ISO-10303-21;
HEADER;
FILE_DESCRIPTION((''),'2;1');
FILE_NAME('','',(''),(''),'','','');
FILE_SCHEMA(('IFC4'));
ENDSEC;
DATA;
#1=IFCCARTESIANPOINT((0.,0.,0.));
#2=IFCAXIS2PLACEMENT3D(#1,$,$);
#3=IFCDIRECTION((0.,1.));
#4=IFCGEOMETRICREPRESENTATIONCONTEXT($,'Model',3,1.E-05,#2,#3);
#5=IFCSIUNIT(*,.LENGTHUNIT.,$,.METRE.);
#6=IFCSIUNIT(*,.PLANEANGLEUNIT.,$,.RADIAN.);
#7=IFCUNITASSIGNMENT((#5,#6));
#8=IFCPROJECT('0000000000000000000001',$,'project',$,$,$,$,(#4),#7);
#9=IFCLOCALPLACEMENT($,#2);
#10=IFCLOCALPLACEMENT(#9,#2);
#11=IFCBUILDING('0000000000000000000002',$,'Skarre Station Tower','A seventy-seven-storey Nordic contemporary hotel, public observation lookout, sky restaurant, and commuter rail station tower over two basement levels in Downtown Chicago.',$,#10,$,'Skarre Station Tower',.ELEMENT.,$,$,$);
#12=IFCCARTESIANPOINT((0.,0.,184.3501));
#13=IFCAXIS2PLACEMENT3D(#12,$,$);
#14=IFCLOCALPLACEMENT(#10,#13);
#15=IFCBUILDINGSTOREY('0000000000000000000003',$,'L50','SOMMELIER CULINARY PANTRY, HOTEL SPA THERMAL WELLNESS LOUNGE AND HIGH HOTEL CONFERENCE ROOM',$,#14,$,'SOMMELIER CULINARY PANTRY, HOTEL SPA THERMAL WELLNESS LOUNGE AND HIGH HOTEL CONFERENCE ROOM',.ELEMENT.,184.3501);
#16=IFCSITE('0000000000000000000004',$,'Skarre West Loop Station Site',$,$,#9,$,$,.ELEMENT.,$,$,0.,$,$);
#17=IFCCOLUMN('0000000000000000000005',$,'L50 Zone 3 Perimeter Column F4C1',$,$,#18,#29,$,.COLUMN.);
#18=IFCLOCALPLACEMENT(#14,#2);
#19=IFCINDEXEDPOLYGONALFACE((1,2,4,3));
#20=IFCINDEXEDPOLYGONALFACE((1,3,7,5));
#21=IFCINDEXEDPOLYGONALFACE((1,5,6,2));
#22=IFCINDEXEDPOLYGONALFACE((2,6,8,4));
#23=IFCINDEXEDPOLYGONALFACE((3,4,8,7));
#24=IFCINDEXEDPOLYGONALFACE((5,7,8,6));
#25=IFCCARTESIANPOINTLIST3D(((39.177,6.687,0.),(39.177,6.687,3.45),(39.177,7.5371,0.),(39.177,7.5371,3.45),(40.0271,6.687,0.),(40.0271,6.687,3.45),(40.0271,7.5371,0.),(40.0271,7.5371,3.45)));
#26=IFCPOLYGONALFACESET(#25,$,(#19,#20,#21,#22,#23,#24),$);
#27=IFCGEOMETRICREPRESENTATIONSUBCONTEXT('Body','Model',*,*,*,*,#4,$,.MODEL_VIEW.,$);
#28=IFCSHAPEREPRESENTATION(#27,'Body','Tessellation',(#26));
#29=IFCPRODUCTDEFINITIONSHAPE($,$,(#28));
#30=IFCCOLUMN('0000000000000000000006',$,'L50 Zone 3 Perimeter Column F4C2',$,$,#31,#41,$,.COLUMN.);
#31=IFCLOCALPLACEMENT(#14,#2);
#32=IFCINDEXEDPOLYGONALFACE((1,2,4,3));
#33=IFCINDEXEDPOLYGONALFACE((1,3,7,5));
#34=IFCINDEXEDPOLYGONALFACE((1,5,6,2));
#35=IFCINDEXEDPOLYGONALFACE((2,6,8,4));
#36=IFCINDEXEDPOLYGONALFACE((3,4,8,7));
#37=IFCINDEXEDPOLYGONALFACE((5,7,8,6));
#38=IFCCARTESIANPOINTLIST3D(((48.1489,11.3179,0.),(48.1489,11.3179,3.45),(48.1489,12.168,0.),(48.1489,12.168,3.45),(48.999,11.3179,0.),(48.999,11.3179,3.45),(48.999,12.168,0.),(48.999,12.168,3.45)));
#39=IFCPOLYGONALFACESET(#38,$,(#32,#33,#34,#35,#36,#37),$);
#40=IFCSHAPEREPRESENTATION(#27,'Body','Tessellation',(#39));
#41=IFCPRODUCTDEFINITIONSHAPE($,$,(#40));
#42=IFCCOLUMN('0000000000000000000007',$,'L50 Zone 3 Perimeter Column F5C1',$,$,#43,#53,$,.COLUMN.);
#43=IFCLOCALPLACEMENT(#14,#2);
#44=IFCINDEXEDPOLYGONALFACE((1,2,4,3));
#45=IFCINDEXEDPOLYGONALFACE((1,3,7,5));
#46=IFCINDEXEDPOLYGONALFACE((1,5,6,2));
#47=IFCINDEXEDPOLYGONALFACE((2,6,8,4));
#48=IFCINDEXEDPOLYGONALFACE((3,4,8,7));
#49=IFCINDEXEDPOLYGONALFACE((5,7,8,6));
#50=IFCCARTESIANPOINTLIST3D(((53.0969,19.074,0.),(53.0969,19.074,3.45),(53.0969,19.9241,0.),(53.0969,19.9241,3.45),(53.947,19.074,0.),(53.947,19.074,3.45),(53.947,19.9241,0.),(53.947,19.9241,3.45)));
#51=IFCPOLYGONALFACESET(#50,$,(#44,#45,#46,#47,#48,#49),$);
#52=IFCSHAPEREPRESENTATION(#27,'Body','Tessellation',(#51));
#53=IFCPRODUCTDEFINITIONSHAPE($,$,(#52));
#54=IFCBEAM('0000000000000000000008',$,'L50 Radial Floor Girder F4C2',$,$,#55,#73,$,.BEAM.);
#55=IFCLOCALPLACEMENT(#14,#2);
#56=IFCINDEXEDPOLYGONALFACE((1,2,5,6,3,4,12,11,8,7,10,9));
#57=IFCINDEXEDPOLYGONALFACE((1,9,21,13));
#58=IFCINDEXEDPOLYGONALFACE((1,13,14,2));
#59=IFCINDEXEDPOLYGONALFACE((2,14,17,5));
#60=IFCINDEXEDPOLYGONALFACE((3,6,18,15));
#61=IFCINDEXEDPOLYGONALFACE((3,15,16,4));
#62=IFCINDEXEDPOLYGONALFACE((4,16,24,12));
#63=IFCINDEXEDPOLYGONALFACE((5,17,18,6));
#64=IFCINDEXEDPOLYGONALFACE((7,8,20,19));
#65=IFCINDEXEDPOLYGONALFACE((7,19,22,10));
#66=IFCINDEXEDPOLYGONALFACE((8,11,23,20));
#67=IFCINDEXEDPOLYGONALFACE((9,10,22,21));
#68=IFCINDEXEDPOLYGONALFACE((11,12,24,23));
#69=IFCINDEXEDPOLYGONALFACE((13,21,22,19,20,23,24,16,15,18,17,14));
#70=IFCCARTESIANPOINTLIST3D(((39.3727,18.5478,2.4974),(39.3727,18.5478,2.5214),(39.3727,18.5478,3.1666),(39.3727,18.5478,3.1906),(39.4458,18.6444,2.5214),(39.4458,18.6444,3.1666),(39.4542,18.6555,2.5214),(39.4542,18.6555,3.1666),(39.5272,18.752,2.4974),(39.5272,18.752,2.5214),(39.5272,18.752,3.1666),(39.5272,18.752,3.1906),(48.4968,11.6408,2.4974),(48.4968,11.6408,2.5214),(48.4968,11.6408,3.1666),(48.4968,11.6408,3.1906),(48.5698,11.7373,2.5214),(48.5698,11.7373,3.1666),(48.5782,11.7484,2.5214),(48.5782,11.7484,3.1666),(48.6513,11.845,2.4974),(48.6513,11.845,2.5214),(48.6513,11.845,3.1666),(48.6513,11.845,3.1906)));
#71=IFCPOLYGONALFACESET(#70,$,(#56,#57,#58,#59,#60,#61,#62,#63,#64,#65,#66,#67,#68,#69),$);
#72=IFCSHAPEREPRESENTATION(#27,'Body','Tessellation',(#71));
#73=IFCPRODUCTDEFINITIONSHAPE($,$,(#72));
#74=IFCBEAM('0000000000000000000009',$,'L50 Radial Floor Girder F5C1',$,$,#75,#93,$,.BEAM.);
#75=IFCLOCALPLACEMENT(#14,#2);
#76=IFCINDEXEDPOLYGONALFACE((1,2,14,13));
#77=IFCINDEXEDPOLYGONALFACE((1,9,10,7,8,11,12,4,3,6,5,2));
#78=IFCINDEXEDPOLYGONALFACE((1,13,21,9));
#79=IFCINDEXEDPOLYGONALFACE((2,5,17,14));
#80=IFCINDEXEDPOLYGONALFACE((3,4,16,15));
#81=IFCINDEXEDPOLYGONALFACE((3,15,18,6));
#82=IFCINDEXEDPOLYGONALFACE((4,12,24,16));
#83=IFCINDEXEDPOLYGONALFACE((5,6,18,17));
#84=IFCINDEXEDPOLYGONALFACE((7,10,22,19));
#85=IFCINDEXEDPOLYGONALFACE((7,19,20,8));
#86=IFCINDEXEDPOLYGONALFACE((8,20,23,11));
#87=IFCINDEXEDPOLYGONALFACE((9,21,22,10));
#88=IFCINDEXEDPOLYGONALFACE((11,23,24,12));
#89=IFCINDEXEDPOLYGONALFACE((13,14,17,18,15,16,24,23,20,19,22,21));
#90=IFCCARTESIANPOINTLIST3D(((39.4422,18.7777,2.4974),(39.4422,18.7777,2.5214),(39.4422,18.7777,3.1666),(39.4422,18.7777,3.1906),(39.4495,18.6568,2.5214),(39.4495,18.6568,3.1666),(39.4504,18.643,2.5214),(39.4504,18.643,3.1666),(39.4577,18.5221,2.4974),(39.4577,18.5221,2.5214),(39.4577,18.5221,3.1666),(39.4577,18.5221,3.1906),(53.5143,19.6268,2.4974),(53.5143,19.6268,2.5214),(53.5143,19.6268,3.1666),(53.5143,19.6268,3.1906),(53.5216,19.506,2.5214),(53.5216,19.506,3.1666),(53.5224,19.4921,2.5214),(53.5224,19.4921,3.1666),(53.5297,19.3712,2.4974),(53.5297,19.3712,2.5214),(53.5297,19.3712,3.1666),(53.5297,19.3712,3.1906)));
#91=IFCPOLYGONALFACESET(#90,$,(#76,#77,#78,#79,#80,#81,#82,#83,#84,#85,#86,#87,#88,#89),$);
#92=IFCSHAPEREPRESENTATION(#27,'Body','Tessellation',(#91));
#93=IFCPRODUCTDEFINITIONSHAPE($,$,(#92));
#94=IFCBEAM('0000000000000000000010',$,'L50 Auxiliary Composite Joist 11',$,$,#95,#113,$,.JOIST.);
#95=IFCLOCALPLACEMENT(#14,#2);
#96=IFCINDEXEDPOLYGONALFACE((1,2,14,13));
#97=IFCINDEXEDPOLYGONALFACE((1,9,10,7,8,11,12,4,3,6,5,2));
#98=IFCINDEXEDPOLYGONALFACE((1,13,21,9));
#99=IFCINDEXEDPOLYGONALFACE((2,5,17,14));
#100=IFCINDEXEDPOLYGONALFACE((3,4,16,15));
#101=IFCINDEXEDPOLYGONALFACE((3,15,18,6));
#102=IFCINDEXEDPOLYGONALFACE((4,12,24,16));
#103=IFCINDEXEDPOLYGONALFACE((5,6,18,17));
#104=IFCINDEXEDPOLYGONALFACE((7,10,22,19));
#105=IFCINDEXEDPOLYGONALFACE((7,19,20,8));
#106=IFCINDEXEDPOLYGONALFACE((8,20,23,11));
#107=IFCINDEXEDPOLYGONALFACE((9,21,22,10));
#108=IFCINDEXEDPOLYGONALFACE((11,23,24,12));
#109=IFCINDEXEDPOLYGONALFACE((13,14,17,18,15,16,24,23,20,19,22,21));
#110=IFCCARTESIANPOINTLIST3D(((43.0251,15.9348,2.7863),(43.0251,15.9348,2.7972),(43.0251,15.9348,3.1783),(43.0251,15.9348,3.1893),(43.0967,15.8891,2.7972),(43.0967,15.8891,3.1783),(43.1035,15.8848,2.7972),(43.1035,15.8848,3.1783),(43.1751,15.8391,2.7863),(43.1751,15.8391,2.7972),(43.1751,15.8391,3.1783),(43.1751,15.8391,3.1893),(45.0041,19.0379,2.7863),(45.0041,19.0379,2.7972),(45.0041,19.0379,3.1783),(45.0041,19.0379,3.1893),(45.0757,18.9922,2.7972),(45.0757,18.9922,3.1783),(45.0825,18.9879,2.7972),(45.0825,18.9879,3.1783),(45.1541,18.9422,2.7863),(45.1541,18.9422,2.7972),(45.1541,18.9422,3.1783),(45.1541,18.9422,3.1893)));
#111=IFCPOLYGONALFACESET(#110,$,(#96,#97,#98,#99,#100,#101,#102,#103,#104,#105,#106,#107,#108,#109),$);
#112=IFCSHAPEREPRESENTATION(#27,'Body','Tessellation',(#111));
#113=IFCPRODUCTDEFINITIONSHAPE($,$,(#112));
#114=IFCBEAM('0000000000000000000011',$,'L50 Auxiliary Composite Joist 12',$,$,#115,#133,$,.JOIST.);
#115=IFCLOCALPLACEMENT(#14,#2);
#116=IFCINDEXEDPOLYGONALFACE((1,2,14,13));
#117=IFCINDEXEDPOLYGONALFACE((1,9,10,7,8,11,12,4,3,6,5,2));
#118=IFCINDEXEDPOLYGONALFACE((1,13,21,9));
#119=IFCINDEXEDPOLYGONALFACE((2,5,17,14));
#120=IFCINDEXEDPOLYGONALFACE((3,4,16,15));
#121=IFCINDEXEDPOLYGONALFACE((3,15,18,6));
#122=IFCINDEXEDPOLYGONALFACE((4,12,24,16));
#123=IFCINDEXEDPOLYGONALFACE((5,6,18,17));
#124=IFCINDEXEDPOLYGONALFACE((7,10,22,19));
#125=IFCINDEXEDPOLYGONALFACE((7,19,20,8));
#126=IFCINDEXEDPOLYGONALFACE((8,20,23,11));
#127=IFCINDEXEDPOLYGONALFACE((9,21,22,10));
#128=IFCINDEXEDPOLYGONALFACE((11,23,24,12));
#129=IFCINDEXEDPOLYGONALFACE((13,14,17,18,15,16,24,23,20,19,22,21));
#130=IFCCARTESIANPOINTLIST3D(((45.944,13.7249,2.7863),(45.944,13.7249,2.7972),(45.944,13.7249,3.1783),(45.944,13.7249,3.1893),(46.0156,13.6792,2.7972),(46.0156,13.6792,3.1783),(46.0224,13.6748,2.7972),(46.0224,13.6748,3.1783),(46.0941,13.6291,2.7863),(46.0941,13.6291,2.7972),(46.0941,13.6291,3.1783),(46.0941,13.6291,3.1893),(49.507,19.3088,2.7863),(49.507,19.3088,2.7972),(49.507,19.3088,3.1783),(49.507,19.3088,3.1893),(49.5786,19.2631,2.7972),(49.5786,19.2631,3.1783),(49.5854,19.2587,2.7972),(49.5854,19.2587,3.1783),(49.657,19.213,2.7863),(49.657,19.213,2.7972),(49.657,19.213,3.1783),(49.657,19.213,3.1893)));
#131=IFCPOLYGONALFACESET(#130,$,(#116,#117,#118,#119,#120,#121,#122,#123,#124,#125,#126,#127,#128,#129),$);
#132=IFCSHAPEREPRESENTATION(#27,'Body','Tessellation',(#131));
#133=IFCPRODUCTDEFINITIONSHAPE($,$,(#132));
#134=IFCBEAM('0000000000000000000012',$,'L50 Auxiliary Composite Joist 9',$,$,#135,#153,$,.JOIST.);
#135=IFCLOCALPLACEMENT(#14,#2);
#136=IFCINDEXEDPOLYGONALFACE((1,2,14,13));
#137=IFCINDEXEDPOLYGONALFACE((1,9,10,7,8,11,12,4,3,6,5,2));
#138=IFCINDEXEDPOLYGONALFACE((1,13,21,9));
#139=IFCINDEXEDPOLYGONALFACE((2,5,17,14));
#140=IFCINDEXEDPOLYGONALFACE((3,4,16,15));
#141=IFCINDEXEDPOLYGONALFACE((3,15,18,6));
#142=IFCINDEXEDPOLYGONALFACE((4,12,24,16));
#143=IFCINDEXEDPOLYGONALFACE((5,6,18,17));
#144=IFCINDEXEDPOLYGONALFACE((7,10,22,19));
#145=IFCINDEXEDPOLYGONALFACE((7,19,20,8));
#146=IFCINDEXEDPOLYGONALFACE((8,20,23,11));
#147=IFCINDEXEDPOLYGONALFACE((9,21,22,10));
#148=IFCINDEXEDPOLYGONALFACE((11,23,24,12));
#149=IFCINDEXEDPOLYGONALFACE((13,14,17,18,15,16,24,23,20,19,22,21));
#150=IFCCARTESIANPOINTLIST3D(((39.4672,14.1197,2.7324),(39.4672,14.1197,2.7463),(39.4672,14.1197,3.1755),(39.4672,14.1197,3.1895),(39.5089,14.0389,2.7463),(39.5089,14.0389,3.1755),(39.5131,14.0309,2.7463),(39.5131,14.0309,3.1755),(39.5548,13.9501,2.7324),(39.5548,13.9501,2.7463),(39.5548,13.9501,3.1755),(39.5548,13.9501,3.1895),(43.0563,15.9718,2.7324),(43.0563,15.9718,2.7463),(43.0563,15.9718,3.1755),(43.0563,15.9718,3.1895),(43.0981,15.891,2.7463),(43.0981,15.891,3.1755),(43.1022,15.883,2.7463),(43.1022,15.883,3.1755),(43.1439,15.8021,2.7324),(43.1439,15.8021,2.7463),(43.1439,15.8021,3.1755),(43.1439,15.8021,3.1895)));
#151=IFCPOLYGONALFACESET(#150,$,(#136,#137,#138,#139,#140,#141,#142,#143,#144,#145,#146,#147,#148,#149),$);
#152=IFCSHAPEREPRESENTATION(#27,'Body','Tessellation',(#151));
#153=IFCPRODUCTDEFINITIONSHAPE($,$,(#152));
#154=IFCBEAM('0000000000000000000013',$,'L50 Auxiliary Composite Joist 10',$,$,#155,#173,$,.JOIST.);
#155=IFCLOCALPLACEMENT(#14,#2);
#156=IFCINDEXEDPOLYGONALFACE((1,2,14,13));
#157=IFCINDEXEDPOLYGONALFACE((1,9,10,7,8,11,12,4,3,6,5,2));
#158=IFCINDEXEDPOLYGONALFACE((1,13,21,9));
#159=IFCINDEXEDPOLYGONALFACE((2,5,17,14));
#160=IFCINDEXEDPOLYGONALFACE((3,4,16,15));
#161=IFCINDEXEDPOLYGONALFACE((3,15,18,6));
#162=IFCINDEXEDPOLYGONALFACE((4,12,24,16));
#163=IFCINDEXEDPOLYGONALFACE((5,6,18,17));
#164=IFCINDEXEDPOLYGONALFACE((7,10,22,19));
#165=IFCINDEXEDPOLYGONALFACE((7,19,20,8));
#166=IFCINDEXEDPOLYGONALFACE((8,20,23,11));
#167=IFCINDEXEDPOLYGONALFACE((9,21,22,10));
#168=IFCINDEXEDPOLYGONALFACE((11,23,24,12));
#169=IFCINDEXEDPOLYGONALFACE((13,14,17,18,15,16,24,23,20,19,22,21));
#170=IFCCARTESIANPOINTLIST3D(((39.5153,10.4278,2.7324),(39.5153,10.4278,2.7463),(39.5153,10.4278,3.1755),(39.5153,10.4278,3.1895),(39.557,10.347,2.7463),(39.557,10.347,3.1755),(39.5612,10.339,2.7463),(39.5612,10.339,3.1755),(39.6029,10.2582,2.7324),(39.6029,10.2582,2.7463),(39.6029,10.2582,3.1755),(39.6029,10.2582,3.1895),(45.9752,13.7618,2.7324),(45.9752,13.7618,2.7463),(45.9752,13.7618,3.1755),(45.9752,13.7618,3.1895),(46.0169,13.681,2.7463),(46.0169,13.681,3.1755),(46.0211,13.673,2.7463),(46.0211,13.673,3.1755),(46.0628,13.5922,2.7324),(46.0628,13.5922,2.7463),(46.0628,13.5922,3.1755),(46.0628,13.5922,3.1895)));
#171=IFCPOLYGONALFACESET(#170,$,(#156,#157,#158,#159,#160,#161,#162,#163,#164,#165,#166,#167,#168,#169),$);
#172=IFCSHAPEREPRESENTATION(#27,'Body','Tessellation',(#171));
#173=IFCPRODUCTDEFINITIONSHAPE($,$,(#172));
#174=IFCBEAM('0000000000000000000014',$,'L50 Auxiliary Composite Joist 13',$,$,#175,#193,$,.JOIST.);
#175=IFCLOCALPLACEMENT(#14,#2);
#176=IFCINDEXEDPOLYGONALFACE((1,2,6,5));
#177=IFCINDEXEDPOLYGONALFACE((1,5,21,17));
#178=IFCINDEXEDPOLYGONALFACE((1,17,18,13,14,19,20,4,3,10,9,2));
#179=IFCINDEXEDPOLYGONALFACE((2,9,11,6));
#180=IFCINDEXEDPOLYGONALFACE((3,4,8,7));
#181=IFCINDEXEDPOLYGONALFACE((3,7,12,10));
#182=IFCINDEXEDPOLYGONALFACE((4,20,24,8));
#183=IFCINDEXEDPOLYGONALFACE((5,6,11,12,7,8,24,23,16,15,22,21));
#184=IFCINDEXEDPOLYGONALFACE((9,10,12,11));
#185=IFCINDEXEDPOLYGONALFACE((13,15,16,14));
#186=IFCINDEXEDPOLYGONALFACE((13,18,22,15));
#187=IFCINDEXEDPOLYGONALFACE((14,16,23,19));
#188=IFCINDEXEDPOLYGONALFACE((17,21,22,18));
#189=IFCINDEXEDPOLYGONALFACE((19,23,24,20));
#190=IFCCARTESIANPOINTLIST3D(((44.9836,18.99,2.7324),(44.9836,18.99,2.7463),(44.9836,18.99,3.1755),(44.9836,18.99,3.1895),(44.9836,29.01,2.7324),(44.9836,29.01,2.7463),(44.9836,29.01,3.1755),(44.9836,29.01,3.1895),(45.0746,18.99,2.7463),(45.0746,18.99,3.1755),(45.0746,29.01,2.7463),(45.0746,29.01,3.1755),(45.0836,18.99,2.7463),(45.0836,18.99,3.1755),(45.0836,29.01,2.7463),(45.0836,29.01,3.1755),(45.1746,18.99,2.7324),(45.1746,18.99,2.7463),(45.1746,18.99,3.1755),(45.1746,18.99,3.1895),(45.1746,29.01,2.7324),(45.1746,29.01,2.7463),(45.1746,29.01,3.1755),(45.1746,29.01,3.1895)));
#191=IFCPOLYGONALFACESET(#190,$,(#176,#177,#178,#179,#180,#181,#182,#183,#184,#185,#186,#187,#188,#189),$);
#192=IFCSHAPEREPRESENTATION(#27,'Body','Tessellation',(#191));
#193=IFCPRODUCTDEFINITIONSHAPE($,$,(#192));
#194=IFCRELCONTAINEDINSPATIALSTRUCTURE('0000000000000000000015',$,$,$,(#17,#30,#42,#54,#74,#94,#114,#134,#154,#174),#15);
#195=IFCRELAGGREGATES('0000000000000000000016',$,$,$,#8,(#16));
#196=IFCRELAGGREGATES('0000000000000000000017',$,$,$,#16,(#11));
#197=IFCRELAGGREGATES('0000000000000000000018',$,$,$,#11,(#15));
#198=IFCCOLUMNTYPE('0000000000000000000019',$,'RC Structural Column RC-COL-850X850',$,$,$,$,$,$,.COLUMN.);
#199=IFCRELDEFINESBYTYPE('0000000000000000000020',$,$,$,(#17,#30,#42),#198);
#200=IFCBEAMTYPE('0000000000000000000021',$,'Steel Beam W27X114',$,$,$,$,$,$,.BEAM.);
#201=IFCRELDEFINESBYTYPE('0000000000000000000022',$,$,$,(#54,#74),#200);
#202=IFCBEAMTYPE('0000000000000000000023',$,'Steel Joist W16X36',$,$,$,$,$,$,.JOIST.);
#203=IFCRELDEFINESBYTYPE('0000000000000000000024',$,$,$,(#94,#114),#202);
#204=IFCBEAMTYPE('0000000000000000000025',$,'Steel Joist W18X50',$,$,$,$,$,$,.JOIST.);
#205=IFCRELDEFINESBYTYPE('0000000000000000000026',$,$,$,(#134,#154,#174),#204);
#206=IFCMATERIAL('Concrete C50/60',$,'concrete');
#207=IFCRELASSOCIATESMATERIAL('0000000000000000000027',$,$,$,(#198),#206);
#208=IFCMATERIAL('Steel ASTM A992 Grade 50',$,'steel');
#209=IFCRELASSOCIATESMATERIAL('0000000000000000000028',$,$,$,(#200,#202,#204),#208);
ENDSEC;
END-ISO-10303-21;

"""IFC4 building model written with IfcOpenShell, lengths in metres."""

from ifc_helpers import new_model, si_unit, direction, frame, origin, origin_2d, place, context, subcontext, project, spatial, rectangle, i_section, extrude, material, material_profile, profile_set, type_object, element, save


model = new_model("IFC4")

# Units and contexts
model_context = context("Model", 3, precision=1e-05, world=origin(), true_north=direction((0.0, 1.0)))
body_context = subcontext(model_context, "Body", "Model", "MODEL_VIEW")
ifc_project = project(units=[si_unit("LENGTHUNIT", "METRE"), si_unit("PLANEANGLEUNIT", "RADIAN")], contexts=[model_context])

# Site, building, storey
site_placement = place(None, origin())
site = spatial("IfcSite", under=ifc_project, at=site_placement, Name="Skarre West Loop Station Site", CompositionType="ELEMENT", RefElevation=0.0)
building_placement = place(site_placement, origin())
building = spatial("IfcBuilding", under=site, at=building_placement, Name="Skarre Station Tower", Description="A seventy-seven-storey Nordic contemporary hotel, public observation lookout, sky restaurant, and commuter rail station tower over two basement levels in Downtown Chicago.", LongName="Skarre Station Tower", CompositionType="ELEMENT")
storey_placement = place(building_placement, frame((0.0, 0.0, 184.3501)))
storey = spatial("IfcBuildingStorey", under=building, at=storey_placement, Name="L50", Description="SOMMELIER CULINARY PANTRY, HOTEL SPA THERMAL WELLNESS LOUNGE AND HIGH HOTEL CONFERENCE ROOM", LongName="SOMMELIER CULINARY PANTRY, HOTEL SPA THERMAL WELLNESS LOUNGE AND HIGH HOTEL CONFERENCE ROOM", CompositionType="ELEMENT", Elevation=184.3501)

# Columns
ifc_material_1 = material(Name="Concrete C50/60", Category="concrete")
ifc_material_profile_1 = material_profile(ifc_material_1, rectangle(XDim=0.8501, YDim=0.8501, at=origin_2d()), Name="Concrete C50/60")
ifc_profile_set_1 = profile_set([ifc_material_profile_1], Name="Concrete C50/60")
column_type = type_object("IfcColumnType", Name="RC Structural Column RC-COL-850X850", PredefinedType="COLUMN", material=ifc_profile_set_1)
for number, where, z_axis, x_axis, name in (
    (1, (39.6021, 7.1121, 0.0), (0.0, 0.0, 1.0), (1.0, 0.0, 0.0), "L50 Zone 3 Perimeter Column F4C1"),
    (2, (48.574, 11.7429, 0.0), (0.0, 0.0, 1.0), (1.0, 0.0, 0.0), "L50 Zone 3 Perimeter Column F4C2"),
    (3, (53.522, 19.499, 0.0), (0.0, 0.0, 1.0), (1.0, 0.0, 0.0), "L50 Zone 3 Perimeter Column F5C1"),
):
    element("IfcColumn", number, at=place(storey_placement, frame(where, z_axis=z_axis, x_axis=x_axis)), inside=storey, type_object=column_type, Name=name, PredefinedType="COLUMN", context=body_context, shape_type="SweptSolid", body=[
        extrude(rectangle(XDim=0.8501, YDim=0.8501, at=origin_2d()), origin(), (0.0, 0.0, 1.0), 3.45),
    ])

# Beams
ifc_material_2 = material(Name="Steel ASTM A992 Grade 50", Category="steel")
ifc_material_profile_2 = material_profile(ifc_material_2, i_section(OverallWidth=0.2561, OverallDepth=0.6931, WebThickness=0.0139, FlangeThickness=0.0239, at=origin_2d()), Name="Steel ASTM A992 Grade 50")
ifc_profile_set_2 = profile_set([ifc_material_profile_2], Name="Steel ASTM A992 Grade 50")
beam_type_1 = type_object("IfcBeamType", Name="Steel Beam W27X114", PredefinedType="BEAM", material=ifc_profile_set_2)
beam_1_placement = place(storey_placement, frame((39.45, 18.6499, 2.844), z_axis=(0.797309, -0.603571, 0.0), x_axis=(0.603571, 0.797309, 0.0)))
element("IfcBeam", 4, at=beam_1_placement, inside=storey, type_object=beam_type_1, Name="L50 Radial Floor Girder F4C2", PredefinedType="BEAM", context=body_context, shape_type="SweptSolid", body=[
    extrude(i_section(OverallWidth=0.2561, OverallDepth=0.6931, WebThickness=0.0139, FlangeThickness=0.0239, at=origin_2d()), origin(), (0.0, 0.0, 1.0), 11.4436),
])
beam_2_placement = place(storey_placement, frame((39.45, 18.6499, 2.844), z_axis=(0.998184, 0.060232, 0.0), x_axis=(-0.060232, 0.998184, 0.0)))
element("IfcBeam", 5, at=beam_2_placement, inside=storey, type_object=beam_type_1, Name="L50 Radial Floor Girder F5C1", PredefinedType="BEAM", context=body_context, shape_type="SweptSolid", body=[
    extrude(i_section(OverallWidth=0.2561, OverallDepth=0.6931, WebThickness=0.0139, FlangeThickness=0.0239, at=origin_2d()), origin(), (0.0, 0.0, 1.0), 14.0977),
])
ifc_material_profile_3 = material_profile(ifc_material_2, i_section(OverallWidth=0.178, OverallDepth=0.4031, WebThickness=0.0081, FlangeThickness=0.011, at=origin_2d()), Name="Steel ASTM A992 Grade 50")
ifc_profile_set_3 = profile_set([ifc_material_profile_3], Name="Steel ASTM A992 Grade 50")
beam_type_2 = type_object("IfcBeamType", Name="Steel Joist W16X36", PredefinedType="JOIST", material=ifc_profile_set_3)
beam_3_placement = place(storey_placement, frame((43.1001, 15.887, 2.9878), z_axis=(0.537717, 0.843126, 0.0), x_axis=(-0.843126, 0.537717, 0.0)))
element("IfcBeam", 6, at=beam_3_placement, inside=storey, type_object=beam_type_2, Name="L50 Auxiliary Composite Joist 11", PredefinedType="JOIST", context=body_context, shape_type="SweptSolid", body=[
    extrude(i_section(OverallWidth=0.178, OverallDepth=0.4031, WebThickness=0.0081, FlangeThickness=0.011, at=origin_2d()), origin(), (0.0, 0.0, 1.0), 3.6804),
])
beam_4_placement = place(storey_placement, frame((46.019, 13.677, 2.9878), z_axis=(0.537901, 0.843008, 0.0), x_axis=(-0.843008, 0.537901, 0.0)))
element("IfcBeam", 7, at=beam_4_placement, inside=storey, type_object=beam_type_2, Name="L50 Auxiliary Composite Joist 12", PredefinedType="JOIST", context=body_context, shape_type="SweptSolid", body=[
    extrude(i_section(OverallWidth=0.178, OverallDepth=0.4031, WebThickness=0.0081, FlangeThickness=0.011, at=origin_2d()), origin(), (0.0, 0.0, 1.0), 6.6238),
])
ifc_material_profile_4 = material_profile(ifc_material_2, i_section(OverallWidth=0.1909, OverallDepth=0.457, WebThickness=0.009, FlangeThickness=0.0139, at=origin_2d()), Name="Steel ASTM A992 Grade 50")
ifc_profile_set_4 = profile_set([ifc_material_profile_4], Name="Steel ASTM A992 Grade 50")
beam_type_3 = type_object("IfcBeamType", Name="Steel Joist W18X50", PredefinedType="JOIST", material=ifc_profile_set_4)
beam_5_placement = place(storey_placement, frame((39.511, 14.0349, 2.9609), z_axis=(0.88866, 0.458566, 0.0), x_axis=(-0.458566, 0.88866, 0.0)))
element("IfcBeam", 8, at=beam_5_placement, inside=storey, type_object=beam_type_3, Name="L50 Auxiliary Composite Joist 9", PredefinedType="JOIST", context=body_context, shape_type="SweptSolid", body=[
    extrude(i_section(OverallWidth=0.1909, OverallDepth=0.457, WebThickness=0.009, FlangeThickness=0.0139, at=origin_2d()), origin(), (0.0, 0.0, 1.0), 4.0388),
])
beam_6_placement = place(storey_placement, frame((39.5591, 10.343, 2.9609), z_axis=(0.888631, 0.458622, 0.0), x_axis=(-0.458622, 0.888631, 0.0)))
element("IfcBeam", 9, at=beam_6_placement, inside=storey, type_object=beam_type_3, Name="L50 Auxiliary Composite Joist 10", PredefinedType="JOIST", context=body_context, shape_type="SweptSolid", body=[
    extrude(i_section(OverallWidth=0.1909, OverallDepth=0.457, WebThickness=0.009, FlangeThickness=0.0139, at=origin_2d()), origin(), (0.0, 0.0, 1.0), 7.2695),
])
beam_7_placement = place(storey_placement, frame((45.0791, 18.99, 2.9609), z_axis=(0.0, 1.0, 0.0), x_axis=(-1.0, 0.0, 0.0)))
element("IfcBeam", 10, at=beam_7_placement, inside=storey, type_object=beam_type_3, Name="L50 Auxiliary Composite Joist 13", PredefinedType="JOIST", context=body_context, shape_type="SweptSolid", body=[
    extrude(i_section(OverallWidth=0.1909, OverallDepth=0.457, WebThickness=0.009, FlangeThickness=0.0139, at=origin_2d()), origin(), (0.0, 0.0, 1.0), 10.02),
])

save(model, "model.ifc")
